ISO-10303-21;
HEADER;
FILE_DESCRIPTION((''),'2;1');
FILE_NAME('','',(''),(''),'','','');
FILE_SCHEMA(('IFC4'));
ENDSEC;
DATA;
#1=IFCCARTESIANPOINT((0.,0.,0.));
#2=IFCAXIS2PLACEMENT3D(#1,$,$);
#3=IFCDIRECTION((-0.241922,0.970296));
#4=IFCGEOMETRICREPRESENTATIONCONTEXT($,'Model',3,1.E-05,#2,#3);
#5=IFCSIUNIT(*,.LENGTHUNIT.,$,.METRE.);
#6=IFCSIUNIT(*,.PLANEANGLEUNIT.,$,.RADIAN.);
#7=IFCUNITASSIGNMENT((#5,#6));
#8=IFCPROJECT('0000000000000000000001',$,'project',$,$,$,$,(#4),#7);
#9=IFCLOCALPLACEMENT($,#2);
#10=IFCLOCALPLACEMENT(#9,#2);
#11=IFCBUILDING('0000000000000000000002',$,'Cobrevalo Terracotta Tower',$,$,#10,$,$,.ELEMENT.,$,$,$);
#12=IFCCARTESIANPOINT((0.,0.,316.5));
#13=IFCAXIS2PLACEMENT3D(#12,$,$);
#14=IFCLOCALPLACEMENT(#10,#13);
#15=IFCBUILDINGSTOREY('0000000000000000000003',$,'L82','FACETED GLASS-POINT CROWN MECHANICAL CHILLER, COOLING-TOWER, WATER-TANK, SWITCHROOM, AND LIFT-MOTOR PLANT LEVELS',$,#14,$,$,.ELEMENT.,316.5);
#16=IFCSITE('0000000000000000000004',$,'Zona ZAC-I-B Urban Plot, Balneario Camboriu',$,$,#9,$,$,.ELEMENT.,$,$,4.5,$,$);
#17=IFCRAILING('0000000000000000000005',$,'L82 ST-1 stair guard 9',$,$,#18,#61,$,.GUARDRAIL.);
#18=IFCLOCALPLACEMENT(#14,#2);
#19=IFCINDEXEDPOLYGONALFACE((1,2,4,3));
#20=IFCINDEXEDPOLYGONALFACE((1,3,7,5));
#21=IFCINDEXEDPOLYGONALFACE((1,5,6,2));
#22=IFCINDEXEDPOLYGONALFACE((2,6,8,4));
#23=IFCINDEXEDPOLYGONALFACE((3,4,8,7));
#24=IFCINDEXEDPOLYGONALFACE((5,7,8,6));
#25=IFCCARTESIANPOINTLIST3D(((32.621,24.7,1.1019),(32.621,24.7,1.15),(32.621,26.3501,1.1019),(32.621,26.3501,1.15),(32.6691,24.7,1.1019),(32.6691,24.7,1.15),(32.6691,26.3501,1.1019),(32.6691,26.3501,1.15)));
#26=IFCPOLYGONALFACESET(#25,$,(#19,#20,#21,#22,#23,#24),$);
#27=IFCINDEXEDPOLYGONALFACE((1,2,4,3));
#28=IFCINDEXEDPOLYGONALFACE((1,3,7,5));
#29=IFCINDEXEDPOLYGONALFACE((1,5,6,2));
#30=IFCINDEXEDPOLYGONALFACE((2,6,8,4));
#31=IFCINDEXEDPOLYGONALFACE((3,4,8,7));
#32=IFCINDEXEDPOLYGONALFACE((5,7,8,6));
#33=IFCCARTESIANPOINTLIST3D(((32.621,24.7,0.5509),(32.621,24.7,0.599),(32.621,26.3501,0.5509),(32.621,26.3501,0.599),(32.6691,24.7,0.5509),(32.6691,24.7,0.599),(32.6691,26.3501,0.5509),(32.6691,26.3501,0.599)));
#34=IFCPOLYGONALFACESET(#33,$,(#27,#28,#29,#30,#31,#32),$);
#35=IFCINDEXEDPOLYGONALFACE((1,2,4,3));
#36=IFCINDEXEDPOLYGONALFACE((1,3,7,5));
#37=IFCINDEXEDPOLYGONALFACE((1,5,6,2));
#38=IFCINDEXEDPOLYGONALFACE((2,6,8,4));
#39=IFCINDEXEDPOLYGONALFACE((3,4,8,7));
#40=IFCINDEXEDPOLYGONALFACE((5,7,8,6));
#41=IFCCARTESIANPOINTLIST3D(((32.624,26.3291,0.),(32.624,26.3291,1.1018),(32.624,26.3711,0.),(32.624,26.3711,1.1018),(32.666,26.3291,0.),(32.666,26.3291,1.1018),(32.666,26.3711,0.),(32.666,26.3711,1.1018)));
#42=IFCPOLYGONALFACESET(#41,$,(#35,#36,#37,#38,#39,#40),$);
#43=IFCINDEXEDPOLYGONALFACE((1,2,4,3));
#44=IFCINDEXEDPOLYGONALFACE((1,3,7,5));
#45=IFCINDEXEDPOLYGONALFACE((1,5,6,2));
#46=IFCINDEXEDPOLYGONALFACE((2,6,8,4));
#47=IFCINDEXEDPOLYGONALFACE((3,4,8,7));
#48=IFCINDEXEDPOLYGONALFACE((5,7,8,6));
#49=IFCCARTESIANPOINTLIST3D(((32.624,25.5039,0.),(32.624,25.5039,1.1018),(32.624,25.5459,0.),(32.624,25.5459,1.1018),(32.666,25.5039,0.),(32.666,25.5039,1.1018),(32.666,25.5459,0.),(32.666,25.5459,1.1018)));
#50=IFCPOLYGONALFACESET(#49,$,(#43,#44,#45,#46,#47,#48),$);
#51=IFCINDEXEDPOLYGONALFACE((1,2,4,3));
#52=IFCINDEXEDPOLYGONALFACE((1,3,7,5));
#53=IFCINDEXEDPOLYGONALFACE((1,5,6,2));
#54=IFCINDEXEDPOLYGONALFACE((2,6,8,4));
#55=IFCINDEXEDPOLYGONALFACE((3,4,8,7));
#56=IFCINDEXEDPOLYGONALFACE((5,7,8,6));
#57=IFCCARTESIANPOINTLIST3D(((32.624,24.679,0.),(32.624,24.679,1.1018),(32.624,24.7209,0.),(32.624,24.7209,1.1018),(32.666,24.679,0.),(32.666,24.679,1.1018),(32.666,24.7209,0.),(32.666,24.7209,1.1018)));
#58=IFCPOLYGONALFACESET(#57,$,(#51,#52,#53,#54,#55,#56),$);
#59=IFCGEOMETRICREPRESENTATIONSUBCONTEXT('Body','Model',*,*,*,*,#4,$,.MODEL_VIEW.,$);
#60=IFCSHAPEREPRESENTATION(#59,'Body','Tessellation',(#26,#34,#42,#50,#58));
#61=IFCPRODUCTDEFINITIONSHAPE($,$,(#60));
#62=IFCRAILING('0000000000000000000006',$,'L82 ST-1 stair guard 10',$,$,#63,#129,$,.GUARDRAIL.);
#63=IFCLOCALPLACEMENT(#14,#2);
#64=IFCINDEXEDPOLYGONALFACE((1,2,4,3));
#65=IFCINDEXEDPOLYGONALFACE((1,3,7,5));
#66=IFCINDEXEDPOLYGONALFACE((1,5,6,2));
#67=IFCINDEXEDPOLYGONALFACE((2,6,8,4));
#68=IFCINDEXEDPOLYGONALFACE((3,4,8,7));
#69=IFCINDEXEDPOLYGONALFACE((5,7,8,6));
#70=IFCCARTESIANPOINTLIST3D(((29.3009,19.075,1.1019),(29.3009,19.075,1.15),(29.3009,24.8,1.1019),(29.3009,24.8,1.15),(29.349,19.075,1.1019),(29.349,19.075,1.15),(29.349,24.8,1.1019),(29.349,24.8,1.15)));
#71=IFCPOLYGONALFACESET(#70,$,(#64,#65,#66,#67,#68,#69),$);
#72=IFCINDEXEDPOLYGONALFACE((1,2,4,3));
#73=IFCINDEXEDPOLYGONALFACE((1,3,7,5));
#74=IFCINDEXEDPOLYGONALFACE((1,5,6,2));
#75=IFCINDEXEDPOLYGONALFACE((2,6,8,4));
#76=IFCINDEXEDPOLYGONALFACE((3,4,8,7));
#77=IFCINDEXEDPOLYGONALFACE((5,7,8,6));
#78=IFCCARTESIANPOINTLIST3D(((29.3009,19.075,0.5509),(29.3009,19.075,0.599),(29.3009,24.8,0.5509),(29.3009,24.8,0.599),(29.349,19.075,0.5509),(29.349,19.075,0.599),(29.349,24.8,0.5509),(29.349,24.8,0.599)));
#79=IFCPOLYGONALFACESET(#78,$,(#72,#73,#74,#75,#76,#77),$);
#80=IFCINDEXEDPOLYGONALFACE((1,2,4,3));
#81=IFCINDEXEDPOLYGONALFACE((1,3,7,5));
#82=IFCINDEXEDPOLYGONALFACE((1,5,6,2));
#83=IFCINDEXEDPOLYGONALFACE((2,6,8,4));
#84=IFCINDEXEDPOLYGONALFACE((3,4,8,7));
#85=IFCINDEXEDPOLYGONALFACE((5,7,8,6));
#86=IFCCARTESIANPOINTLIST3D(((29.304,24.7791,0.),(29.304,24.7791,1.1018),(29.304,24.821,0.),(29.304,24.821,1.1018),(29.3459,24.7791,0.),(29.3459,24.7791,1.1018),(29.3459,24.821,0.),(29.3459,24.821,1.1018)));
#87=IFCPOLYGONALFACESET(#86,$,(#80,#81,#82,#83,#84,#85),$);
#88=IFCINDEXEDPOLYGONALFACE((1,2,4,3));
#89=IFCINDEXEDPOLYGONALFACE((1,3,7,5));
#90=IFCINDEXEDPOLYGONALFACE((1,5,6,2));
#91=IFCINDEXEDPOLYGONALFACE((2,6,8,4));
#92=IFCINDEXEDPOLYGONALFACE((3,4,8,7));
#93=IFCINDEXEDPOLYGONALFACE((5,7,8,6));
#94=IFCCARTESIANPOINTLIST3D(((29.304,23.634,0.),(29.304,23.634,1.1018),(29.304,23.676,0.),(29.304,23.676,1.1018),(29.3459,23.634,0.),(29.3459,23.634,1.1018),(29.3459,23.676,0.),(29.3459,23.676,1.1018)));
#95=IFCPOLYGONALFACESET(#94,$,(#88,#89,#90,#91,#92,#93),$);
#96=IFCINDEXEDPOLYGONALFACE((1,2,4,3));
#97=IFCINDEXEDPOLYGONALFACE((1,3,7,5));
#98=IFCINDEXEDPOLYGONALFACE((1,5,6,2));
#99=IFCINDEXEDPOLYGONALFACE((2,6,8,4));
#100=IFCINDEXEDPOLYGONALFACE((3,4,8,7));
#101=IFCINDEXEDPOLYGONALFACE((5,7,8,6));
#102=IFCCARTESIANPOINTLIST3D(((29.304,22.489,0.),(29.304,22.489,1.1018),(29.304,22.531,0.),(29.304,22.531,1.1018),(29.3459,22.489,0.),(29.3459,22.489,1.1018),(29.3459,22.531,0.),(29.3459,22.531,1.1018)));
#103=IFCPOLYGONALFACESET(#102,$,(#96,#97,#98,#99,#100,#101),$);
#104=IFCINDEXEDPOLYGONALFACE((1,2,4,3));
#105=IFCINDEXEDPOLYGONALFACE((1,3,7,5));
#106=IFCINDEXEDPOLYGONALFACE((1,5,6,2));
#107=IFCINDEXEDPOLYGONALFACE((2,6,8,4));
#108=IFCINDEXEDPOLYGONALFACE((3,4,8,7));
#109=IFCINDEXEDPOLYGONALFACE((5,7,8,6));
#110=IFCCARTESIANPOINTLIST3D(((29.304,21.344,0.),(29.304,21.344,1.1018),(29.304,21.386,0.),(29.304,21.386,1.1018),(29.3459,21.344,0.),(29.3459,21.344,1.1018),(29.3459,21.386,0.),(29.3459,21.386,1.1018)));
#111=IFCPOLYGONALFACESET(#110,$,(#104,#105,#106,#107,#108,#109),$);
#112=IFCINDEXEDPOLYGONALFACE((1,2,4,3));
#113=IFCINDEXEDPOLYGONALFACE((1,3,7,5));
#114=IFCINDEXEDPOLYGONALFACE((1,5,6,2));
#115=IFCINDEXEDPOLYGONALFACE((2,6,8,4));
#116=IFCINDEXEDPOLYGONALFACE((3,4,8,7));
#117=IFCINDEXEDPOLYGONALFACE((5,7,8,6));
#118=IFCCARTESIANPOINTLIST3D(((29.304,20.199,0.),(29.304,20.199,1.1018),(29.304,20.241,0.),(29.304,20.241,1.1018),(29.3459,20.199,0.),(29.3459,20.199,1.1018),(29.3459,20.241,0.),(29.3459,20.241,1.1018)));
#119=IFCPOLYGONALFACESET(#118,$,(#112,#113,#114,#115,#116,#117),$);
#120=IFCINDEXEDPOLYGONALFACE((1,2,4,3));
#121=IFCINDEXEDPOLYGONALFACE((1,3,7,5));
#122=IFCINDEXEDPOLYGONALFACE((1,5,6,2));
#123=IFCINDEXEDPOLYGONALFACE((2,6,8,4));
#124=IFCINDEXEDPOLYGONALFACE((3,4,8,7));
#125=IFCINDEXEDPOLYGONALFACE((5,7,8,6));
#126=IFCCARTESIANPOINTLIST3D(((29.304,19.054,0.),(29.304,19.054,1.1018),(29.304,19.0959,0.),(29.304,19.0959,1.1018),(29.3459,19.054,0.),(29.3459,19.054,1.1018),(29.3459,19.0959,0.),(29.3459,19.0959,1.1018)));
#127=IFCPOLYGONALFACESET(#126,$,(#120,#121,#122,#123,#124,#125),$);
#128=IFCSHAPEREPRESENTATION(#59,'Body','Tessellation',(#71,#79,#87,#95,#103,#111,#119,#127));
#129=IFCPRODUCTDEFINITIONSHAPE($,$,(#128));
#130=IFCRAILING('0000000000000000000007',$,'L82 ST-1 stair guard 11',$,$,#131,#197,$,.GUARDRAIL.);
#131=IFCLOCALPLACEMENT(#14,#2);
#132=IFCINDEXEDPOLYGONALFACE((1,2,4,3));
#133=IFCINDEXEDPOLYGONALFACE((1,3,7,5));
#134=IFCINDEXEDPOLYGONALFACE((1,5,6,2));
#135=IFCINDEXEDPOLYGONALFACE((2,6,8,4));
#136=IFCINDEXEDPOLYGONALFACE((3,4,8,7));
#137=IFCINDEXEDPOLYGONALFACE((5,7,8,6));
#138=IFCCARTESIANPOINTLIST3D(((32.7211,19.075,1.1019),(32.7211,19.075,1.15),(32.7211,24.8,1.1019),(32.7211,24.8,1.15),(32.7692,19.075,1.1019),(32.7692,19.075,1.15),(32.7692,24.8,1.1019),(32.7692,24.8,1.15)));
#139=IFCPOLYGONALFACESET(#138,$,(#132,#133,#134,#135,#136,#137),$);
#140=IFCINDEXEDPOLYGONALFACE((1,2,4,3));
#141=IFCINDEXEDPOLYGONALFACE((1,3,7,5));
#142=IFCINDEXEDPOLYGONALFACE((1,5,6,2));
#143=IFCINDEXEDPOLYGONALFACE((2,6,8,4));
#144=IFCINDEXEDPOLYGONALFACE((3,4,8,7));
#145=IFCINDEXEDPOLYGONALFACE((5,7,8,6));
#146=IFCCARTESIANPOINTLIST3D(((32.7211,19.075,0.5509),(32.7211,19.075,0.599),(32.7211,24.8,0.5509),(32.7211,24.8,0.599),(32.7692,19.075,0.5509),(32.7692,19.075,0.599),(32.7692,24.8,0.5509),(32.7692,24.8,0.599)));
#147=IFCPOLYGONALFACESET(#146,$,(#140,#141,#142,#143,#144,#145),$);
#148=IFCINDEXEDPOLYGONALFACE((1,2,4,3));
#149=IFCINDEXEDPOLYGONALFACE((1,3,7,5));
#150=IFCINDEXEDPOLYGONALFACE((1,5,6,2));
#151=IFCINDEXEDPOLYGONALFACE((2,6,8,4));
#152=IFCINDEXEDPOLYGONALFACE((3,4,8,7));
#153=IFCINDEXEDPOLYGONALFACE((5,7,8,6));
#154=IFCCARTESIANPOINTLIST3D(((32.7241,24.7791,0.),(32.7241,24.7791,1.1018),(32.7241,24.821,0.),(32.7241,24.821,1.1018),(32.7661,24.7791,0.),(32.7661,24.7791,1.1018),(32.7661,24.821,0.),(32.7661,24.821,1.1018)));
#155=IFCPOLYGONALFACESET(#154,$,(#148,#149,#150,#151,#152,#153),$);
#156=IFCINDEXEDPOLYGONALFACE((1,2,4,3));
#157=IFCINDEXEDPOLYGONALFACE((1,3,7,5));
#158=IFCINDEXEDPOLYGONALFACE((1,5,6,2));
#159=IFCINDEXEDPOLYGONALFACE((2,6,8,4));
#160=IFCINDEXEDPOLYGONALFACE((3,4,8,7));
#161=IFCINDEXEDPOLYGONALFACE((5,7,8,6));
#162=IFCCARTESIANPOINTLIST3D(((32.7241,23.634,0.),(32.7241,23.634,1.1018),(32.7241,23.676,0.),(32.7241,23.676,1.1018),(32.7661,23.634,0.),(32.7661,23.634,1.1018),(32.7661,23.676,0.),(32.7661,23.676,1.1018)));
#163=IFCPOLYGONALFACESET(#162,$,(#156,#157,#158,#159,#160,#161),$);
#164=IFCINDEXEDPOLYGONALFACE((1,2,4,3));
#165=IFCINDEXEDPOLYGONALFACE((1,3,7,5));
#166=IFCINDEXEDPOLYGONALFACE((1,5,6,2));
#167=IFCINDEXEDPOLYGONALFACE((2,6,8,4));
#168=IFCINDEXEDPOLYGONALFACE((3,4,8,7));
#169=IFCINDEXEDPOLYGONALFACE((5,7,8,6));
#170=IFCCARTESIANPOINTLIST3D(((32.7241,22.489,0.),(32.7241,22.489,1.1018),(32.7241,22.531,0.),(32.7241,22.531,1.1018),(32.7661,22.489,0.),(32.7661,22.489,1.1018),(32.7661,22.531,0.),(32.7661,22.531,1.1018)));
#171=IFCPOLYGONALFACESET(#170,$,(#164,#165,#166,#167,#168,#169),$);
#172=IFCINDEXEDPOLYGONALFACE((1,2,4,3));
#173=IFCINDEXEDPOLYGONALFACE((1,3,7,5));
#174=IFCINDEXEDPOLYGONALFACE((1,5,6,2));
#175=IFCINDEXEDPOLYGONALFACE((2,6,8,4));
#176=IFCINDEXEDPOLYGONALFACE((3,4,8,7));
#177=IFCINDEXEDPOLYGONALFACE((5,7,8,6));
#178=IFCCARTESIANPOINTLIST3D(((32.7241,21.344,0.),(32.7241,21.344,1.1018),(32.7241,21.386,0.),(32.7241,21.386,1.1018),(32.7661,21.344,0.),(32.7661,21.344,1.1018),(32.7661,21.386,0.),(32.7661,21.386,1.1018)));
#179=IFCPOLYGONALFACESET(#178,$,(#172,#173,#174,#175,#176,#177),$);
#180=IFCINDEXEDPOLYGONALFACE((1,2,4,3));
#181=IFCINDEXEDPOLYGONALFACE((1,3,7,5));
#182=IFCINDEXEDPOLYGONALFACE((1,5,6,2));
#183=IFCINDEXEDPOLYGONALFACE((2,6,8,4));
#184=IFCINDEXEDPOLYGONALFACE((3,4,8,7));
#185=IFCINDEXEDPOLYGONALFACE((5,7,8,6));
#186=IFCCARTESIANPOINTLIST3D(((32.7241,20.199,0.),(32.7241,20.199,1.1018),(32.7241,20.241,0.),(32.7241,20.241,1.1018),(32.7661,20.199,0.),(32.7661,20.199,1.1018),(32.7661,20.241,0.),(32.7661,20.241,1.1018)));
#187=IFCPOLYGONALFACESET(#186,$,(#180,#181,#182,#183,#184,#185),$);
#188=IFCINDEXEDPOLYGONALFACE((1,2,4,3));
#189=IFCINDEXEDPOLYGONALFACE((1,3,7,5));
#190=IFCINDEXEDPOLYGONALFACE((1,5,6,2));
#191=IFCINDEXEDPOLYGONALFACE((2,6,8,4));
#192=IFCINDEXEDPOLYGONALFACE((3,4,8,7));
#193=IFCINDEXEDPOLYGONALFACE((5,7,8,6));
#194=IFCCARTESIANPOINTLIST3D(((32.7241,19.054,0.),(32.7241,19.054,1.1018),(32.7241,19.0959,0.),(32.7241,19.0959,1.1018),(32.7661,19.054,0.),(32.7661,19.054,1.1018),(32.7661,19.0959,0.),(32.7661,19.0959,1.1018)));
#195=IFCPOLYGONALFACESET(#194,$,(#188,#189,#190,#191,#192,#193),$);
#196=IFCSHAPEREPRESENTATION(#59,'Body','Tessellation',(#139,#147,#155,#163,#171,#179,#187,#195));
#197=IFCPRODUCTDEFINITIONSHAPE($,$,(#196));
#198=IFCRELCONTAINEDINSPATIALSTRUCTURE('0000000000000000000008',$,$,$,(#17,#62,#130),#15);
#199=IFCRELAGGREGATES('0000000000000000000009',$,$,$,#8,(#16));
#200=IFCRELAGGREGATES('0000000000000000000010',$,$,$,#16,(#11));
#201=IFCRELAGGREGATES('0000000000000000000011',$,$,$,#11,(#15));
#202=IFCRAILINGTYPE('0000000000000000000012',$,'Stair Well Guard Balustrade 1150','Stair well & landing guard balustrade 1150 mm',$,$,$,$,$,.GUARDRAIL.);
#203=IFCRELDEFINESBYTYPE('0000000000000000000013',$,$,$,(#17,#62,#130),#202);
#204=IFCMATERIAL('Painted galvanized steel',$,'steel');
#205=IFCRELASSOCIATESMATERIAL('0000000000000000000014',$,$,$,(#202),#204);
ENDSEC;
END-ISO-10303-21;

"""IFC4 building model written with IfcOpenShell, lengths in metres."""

from ifc_helpers import new_model, si_unit, direction, frame, origin, origin_2d, place, context, subcontext, project, spatial, rectangle, extrude, material, type_object, element, save


model = new_model("IFC4")

# Units and contexts
model_context = context("Model", 3, precision=1e-05, world=origin(), true_north=direction((-0.241922, 0.970296)))
body_context = subcontext(model_context, "Body", "Model", "MODEL_VIEW")
ifc_project = project(units=[si_unit("LENGTHUNIT", "METRE"), si_unit("PLANEANGLEUNIT", "RADIAN")], contexts=[model_context])

# Site, building, storey
site_placement = place(None, origin())
site = spatial("IfcSite", under=ifc_project, at=site_placement, Name="Zona ZAC-I-B Urban Plot, Balneario Camboriu", CompositionType="ELEMENT", RefElevation=4.5)
building_placement = place(site_placement, origin())
building = spatial("IfcBuilding", under=site, at=building_placement, Name="Cobrevalo Terracotta Tower", CompositionType="ELEMENT")
storey_placement = place(building_placement, frame((0.0, 0.0, 316.5)))
storey = spatial("IfcBuildingStorey", under=building, at=storey_placement, Name="L82", Description="FACETED GLASS-POINT CROWN MECHANICAL CHILLER, COOLING-TOWER, WATER-TANK, SWITCHROOM, AND LIFT-MOTOR PLANT LEVELS", CompositionType="ELEMENT", Elevation=316.5)

# Railings
ifc_material_1 = material(Name="Painted galvanized steel", Category="steel")
railing_type = type_object("IfcRailingType", Name="Stair Well Guard Balustrade 1150", Description="Stair well & landing guard balustrade 1150 mm", PredefinedType="GUARDRAIL", material=ifc_material_1)
for number, where, name in (
    (1, (32.645, 26.3501, 0.0), "L82 ST-1 stair guard 9"),
):
    element("IfcRailing", number, at=place(storey_placement, frame(where)), inside=storey, type_object=railing_type, Name=name, PredefinedType="GUARDRAIL", context=body_context, shape_type="SweptSolid", body=[
        extrude(rectangle(XDim=0.0481, YDim=0.0481, at=origin_2d()), frame((0.0, 0.0, 1.126), z_axis=(0.0, -1.0, 0.0), x_axis=(1.0, 0.0, 0.0)), (0.0, 0.0, 1.0), 1.6501),
        extrude(rectangle(XDim=0.0481, YDim=0.0481, at=origin_2d()), frame((0.0, 0.0, 0.575), z_axis=(0.0, -1.0, 0.0), x_axis=(1.0, 0.0, 0.0)), (0.0, 0.0, 1.0), 1.6501),
        extrude(rectangle(XDim=0.042, YDim=0.042, at=origin_2d()), origin(), (0.0, 0.0, 1.0), 1.1018),
        extrude(rectangle(XDim=0.042, YDim=0.042, at=origin_2d()), frame((0.0, -0.8252, 0.0)), (0.0, 0.0, 1.0), 1.1018),
        extrude(rectangle(XDim=0.042, YDim=0.042, at=origin_2d()), frame((0.0, -1.6501, 0.0)), (0.0, 0.0, 1.0), 1.1018),
    ])
for number, where, name in (
    (2, (29.325, 24.8, 0.0), "L82 ST-1 stair guard 10"),
    (3, (32.7451, 24.8, 0.0), "L82 ST-1 stair guard 11"),
):
    element("IfcRailing", number, at=place(storey_placement, frame(where)), inside=storey, type_object=railing_type, Name=name, PredefinedType="GUARDRAIL", context=body_context, shape_type="SweptSolid", body=[
        extrude(rectangle(XDim=0.0481, YDim=0.0481, at=origin_2d()), frame((0.0, 0.0, 1.126), z_axis=(0.0, -1.0, 0.0), x_axis=(1.0, 0.0, 0.0)), (0.0, 0.0, 1.0), 5.7251),
        extrude(rectangle(XDim=0.0481, YDim=0.0481, at=origin_2d()), frame((0.0, 0.0, 0.575), z_axis=(0.0, -1.0, 0.0), x_axis=(1.0, 0.0, 0.0)), (0.0, 0.0, 1.0), 5.7251),
        extrude(rectangle(XDim=0.042, YDim=0.042, at=origin_2d()), origin(), (0.0, 0.0, 1.0), 1.1018),
        extrude(rectangle(XDim=0.042, YDim=0.042, at=origin_2d()), frame((0.0, -1.145, 0.0)), (0.0, 0.0, 1.0), 1.1018),
        extrude(rectangle(XDim=0.042, YDim=0.042, at=origin_2d()), frame((0.0, -2.29, 0.0)), (0.0, 0.0, 1.0), 1.1018),
        extrude(rectangle(XDim=0.042, YDim=0.042, at=origin_2d()), frame((0.0, -3.4351, 0.0)), (0.0, 0.0, 1.0), 1.1018),
        extrude(rectangle(XDim=0.042, YDim=0.042, at=origin_2d()), frame((0.0, -4.5801, 0.0)), (0.0, 0.0, 1.0), 1.1018),
        extrude(rectangle(XDim=0.042, YDim=0.042, at=origin_2d()), frame((0.0, -5.7251, 0.0)), (0.0, 0.0, 1.0), 1.1018),
    ])

save(model, "model.ifc")
